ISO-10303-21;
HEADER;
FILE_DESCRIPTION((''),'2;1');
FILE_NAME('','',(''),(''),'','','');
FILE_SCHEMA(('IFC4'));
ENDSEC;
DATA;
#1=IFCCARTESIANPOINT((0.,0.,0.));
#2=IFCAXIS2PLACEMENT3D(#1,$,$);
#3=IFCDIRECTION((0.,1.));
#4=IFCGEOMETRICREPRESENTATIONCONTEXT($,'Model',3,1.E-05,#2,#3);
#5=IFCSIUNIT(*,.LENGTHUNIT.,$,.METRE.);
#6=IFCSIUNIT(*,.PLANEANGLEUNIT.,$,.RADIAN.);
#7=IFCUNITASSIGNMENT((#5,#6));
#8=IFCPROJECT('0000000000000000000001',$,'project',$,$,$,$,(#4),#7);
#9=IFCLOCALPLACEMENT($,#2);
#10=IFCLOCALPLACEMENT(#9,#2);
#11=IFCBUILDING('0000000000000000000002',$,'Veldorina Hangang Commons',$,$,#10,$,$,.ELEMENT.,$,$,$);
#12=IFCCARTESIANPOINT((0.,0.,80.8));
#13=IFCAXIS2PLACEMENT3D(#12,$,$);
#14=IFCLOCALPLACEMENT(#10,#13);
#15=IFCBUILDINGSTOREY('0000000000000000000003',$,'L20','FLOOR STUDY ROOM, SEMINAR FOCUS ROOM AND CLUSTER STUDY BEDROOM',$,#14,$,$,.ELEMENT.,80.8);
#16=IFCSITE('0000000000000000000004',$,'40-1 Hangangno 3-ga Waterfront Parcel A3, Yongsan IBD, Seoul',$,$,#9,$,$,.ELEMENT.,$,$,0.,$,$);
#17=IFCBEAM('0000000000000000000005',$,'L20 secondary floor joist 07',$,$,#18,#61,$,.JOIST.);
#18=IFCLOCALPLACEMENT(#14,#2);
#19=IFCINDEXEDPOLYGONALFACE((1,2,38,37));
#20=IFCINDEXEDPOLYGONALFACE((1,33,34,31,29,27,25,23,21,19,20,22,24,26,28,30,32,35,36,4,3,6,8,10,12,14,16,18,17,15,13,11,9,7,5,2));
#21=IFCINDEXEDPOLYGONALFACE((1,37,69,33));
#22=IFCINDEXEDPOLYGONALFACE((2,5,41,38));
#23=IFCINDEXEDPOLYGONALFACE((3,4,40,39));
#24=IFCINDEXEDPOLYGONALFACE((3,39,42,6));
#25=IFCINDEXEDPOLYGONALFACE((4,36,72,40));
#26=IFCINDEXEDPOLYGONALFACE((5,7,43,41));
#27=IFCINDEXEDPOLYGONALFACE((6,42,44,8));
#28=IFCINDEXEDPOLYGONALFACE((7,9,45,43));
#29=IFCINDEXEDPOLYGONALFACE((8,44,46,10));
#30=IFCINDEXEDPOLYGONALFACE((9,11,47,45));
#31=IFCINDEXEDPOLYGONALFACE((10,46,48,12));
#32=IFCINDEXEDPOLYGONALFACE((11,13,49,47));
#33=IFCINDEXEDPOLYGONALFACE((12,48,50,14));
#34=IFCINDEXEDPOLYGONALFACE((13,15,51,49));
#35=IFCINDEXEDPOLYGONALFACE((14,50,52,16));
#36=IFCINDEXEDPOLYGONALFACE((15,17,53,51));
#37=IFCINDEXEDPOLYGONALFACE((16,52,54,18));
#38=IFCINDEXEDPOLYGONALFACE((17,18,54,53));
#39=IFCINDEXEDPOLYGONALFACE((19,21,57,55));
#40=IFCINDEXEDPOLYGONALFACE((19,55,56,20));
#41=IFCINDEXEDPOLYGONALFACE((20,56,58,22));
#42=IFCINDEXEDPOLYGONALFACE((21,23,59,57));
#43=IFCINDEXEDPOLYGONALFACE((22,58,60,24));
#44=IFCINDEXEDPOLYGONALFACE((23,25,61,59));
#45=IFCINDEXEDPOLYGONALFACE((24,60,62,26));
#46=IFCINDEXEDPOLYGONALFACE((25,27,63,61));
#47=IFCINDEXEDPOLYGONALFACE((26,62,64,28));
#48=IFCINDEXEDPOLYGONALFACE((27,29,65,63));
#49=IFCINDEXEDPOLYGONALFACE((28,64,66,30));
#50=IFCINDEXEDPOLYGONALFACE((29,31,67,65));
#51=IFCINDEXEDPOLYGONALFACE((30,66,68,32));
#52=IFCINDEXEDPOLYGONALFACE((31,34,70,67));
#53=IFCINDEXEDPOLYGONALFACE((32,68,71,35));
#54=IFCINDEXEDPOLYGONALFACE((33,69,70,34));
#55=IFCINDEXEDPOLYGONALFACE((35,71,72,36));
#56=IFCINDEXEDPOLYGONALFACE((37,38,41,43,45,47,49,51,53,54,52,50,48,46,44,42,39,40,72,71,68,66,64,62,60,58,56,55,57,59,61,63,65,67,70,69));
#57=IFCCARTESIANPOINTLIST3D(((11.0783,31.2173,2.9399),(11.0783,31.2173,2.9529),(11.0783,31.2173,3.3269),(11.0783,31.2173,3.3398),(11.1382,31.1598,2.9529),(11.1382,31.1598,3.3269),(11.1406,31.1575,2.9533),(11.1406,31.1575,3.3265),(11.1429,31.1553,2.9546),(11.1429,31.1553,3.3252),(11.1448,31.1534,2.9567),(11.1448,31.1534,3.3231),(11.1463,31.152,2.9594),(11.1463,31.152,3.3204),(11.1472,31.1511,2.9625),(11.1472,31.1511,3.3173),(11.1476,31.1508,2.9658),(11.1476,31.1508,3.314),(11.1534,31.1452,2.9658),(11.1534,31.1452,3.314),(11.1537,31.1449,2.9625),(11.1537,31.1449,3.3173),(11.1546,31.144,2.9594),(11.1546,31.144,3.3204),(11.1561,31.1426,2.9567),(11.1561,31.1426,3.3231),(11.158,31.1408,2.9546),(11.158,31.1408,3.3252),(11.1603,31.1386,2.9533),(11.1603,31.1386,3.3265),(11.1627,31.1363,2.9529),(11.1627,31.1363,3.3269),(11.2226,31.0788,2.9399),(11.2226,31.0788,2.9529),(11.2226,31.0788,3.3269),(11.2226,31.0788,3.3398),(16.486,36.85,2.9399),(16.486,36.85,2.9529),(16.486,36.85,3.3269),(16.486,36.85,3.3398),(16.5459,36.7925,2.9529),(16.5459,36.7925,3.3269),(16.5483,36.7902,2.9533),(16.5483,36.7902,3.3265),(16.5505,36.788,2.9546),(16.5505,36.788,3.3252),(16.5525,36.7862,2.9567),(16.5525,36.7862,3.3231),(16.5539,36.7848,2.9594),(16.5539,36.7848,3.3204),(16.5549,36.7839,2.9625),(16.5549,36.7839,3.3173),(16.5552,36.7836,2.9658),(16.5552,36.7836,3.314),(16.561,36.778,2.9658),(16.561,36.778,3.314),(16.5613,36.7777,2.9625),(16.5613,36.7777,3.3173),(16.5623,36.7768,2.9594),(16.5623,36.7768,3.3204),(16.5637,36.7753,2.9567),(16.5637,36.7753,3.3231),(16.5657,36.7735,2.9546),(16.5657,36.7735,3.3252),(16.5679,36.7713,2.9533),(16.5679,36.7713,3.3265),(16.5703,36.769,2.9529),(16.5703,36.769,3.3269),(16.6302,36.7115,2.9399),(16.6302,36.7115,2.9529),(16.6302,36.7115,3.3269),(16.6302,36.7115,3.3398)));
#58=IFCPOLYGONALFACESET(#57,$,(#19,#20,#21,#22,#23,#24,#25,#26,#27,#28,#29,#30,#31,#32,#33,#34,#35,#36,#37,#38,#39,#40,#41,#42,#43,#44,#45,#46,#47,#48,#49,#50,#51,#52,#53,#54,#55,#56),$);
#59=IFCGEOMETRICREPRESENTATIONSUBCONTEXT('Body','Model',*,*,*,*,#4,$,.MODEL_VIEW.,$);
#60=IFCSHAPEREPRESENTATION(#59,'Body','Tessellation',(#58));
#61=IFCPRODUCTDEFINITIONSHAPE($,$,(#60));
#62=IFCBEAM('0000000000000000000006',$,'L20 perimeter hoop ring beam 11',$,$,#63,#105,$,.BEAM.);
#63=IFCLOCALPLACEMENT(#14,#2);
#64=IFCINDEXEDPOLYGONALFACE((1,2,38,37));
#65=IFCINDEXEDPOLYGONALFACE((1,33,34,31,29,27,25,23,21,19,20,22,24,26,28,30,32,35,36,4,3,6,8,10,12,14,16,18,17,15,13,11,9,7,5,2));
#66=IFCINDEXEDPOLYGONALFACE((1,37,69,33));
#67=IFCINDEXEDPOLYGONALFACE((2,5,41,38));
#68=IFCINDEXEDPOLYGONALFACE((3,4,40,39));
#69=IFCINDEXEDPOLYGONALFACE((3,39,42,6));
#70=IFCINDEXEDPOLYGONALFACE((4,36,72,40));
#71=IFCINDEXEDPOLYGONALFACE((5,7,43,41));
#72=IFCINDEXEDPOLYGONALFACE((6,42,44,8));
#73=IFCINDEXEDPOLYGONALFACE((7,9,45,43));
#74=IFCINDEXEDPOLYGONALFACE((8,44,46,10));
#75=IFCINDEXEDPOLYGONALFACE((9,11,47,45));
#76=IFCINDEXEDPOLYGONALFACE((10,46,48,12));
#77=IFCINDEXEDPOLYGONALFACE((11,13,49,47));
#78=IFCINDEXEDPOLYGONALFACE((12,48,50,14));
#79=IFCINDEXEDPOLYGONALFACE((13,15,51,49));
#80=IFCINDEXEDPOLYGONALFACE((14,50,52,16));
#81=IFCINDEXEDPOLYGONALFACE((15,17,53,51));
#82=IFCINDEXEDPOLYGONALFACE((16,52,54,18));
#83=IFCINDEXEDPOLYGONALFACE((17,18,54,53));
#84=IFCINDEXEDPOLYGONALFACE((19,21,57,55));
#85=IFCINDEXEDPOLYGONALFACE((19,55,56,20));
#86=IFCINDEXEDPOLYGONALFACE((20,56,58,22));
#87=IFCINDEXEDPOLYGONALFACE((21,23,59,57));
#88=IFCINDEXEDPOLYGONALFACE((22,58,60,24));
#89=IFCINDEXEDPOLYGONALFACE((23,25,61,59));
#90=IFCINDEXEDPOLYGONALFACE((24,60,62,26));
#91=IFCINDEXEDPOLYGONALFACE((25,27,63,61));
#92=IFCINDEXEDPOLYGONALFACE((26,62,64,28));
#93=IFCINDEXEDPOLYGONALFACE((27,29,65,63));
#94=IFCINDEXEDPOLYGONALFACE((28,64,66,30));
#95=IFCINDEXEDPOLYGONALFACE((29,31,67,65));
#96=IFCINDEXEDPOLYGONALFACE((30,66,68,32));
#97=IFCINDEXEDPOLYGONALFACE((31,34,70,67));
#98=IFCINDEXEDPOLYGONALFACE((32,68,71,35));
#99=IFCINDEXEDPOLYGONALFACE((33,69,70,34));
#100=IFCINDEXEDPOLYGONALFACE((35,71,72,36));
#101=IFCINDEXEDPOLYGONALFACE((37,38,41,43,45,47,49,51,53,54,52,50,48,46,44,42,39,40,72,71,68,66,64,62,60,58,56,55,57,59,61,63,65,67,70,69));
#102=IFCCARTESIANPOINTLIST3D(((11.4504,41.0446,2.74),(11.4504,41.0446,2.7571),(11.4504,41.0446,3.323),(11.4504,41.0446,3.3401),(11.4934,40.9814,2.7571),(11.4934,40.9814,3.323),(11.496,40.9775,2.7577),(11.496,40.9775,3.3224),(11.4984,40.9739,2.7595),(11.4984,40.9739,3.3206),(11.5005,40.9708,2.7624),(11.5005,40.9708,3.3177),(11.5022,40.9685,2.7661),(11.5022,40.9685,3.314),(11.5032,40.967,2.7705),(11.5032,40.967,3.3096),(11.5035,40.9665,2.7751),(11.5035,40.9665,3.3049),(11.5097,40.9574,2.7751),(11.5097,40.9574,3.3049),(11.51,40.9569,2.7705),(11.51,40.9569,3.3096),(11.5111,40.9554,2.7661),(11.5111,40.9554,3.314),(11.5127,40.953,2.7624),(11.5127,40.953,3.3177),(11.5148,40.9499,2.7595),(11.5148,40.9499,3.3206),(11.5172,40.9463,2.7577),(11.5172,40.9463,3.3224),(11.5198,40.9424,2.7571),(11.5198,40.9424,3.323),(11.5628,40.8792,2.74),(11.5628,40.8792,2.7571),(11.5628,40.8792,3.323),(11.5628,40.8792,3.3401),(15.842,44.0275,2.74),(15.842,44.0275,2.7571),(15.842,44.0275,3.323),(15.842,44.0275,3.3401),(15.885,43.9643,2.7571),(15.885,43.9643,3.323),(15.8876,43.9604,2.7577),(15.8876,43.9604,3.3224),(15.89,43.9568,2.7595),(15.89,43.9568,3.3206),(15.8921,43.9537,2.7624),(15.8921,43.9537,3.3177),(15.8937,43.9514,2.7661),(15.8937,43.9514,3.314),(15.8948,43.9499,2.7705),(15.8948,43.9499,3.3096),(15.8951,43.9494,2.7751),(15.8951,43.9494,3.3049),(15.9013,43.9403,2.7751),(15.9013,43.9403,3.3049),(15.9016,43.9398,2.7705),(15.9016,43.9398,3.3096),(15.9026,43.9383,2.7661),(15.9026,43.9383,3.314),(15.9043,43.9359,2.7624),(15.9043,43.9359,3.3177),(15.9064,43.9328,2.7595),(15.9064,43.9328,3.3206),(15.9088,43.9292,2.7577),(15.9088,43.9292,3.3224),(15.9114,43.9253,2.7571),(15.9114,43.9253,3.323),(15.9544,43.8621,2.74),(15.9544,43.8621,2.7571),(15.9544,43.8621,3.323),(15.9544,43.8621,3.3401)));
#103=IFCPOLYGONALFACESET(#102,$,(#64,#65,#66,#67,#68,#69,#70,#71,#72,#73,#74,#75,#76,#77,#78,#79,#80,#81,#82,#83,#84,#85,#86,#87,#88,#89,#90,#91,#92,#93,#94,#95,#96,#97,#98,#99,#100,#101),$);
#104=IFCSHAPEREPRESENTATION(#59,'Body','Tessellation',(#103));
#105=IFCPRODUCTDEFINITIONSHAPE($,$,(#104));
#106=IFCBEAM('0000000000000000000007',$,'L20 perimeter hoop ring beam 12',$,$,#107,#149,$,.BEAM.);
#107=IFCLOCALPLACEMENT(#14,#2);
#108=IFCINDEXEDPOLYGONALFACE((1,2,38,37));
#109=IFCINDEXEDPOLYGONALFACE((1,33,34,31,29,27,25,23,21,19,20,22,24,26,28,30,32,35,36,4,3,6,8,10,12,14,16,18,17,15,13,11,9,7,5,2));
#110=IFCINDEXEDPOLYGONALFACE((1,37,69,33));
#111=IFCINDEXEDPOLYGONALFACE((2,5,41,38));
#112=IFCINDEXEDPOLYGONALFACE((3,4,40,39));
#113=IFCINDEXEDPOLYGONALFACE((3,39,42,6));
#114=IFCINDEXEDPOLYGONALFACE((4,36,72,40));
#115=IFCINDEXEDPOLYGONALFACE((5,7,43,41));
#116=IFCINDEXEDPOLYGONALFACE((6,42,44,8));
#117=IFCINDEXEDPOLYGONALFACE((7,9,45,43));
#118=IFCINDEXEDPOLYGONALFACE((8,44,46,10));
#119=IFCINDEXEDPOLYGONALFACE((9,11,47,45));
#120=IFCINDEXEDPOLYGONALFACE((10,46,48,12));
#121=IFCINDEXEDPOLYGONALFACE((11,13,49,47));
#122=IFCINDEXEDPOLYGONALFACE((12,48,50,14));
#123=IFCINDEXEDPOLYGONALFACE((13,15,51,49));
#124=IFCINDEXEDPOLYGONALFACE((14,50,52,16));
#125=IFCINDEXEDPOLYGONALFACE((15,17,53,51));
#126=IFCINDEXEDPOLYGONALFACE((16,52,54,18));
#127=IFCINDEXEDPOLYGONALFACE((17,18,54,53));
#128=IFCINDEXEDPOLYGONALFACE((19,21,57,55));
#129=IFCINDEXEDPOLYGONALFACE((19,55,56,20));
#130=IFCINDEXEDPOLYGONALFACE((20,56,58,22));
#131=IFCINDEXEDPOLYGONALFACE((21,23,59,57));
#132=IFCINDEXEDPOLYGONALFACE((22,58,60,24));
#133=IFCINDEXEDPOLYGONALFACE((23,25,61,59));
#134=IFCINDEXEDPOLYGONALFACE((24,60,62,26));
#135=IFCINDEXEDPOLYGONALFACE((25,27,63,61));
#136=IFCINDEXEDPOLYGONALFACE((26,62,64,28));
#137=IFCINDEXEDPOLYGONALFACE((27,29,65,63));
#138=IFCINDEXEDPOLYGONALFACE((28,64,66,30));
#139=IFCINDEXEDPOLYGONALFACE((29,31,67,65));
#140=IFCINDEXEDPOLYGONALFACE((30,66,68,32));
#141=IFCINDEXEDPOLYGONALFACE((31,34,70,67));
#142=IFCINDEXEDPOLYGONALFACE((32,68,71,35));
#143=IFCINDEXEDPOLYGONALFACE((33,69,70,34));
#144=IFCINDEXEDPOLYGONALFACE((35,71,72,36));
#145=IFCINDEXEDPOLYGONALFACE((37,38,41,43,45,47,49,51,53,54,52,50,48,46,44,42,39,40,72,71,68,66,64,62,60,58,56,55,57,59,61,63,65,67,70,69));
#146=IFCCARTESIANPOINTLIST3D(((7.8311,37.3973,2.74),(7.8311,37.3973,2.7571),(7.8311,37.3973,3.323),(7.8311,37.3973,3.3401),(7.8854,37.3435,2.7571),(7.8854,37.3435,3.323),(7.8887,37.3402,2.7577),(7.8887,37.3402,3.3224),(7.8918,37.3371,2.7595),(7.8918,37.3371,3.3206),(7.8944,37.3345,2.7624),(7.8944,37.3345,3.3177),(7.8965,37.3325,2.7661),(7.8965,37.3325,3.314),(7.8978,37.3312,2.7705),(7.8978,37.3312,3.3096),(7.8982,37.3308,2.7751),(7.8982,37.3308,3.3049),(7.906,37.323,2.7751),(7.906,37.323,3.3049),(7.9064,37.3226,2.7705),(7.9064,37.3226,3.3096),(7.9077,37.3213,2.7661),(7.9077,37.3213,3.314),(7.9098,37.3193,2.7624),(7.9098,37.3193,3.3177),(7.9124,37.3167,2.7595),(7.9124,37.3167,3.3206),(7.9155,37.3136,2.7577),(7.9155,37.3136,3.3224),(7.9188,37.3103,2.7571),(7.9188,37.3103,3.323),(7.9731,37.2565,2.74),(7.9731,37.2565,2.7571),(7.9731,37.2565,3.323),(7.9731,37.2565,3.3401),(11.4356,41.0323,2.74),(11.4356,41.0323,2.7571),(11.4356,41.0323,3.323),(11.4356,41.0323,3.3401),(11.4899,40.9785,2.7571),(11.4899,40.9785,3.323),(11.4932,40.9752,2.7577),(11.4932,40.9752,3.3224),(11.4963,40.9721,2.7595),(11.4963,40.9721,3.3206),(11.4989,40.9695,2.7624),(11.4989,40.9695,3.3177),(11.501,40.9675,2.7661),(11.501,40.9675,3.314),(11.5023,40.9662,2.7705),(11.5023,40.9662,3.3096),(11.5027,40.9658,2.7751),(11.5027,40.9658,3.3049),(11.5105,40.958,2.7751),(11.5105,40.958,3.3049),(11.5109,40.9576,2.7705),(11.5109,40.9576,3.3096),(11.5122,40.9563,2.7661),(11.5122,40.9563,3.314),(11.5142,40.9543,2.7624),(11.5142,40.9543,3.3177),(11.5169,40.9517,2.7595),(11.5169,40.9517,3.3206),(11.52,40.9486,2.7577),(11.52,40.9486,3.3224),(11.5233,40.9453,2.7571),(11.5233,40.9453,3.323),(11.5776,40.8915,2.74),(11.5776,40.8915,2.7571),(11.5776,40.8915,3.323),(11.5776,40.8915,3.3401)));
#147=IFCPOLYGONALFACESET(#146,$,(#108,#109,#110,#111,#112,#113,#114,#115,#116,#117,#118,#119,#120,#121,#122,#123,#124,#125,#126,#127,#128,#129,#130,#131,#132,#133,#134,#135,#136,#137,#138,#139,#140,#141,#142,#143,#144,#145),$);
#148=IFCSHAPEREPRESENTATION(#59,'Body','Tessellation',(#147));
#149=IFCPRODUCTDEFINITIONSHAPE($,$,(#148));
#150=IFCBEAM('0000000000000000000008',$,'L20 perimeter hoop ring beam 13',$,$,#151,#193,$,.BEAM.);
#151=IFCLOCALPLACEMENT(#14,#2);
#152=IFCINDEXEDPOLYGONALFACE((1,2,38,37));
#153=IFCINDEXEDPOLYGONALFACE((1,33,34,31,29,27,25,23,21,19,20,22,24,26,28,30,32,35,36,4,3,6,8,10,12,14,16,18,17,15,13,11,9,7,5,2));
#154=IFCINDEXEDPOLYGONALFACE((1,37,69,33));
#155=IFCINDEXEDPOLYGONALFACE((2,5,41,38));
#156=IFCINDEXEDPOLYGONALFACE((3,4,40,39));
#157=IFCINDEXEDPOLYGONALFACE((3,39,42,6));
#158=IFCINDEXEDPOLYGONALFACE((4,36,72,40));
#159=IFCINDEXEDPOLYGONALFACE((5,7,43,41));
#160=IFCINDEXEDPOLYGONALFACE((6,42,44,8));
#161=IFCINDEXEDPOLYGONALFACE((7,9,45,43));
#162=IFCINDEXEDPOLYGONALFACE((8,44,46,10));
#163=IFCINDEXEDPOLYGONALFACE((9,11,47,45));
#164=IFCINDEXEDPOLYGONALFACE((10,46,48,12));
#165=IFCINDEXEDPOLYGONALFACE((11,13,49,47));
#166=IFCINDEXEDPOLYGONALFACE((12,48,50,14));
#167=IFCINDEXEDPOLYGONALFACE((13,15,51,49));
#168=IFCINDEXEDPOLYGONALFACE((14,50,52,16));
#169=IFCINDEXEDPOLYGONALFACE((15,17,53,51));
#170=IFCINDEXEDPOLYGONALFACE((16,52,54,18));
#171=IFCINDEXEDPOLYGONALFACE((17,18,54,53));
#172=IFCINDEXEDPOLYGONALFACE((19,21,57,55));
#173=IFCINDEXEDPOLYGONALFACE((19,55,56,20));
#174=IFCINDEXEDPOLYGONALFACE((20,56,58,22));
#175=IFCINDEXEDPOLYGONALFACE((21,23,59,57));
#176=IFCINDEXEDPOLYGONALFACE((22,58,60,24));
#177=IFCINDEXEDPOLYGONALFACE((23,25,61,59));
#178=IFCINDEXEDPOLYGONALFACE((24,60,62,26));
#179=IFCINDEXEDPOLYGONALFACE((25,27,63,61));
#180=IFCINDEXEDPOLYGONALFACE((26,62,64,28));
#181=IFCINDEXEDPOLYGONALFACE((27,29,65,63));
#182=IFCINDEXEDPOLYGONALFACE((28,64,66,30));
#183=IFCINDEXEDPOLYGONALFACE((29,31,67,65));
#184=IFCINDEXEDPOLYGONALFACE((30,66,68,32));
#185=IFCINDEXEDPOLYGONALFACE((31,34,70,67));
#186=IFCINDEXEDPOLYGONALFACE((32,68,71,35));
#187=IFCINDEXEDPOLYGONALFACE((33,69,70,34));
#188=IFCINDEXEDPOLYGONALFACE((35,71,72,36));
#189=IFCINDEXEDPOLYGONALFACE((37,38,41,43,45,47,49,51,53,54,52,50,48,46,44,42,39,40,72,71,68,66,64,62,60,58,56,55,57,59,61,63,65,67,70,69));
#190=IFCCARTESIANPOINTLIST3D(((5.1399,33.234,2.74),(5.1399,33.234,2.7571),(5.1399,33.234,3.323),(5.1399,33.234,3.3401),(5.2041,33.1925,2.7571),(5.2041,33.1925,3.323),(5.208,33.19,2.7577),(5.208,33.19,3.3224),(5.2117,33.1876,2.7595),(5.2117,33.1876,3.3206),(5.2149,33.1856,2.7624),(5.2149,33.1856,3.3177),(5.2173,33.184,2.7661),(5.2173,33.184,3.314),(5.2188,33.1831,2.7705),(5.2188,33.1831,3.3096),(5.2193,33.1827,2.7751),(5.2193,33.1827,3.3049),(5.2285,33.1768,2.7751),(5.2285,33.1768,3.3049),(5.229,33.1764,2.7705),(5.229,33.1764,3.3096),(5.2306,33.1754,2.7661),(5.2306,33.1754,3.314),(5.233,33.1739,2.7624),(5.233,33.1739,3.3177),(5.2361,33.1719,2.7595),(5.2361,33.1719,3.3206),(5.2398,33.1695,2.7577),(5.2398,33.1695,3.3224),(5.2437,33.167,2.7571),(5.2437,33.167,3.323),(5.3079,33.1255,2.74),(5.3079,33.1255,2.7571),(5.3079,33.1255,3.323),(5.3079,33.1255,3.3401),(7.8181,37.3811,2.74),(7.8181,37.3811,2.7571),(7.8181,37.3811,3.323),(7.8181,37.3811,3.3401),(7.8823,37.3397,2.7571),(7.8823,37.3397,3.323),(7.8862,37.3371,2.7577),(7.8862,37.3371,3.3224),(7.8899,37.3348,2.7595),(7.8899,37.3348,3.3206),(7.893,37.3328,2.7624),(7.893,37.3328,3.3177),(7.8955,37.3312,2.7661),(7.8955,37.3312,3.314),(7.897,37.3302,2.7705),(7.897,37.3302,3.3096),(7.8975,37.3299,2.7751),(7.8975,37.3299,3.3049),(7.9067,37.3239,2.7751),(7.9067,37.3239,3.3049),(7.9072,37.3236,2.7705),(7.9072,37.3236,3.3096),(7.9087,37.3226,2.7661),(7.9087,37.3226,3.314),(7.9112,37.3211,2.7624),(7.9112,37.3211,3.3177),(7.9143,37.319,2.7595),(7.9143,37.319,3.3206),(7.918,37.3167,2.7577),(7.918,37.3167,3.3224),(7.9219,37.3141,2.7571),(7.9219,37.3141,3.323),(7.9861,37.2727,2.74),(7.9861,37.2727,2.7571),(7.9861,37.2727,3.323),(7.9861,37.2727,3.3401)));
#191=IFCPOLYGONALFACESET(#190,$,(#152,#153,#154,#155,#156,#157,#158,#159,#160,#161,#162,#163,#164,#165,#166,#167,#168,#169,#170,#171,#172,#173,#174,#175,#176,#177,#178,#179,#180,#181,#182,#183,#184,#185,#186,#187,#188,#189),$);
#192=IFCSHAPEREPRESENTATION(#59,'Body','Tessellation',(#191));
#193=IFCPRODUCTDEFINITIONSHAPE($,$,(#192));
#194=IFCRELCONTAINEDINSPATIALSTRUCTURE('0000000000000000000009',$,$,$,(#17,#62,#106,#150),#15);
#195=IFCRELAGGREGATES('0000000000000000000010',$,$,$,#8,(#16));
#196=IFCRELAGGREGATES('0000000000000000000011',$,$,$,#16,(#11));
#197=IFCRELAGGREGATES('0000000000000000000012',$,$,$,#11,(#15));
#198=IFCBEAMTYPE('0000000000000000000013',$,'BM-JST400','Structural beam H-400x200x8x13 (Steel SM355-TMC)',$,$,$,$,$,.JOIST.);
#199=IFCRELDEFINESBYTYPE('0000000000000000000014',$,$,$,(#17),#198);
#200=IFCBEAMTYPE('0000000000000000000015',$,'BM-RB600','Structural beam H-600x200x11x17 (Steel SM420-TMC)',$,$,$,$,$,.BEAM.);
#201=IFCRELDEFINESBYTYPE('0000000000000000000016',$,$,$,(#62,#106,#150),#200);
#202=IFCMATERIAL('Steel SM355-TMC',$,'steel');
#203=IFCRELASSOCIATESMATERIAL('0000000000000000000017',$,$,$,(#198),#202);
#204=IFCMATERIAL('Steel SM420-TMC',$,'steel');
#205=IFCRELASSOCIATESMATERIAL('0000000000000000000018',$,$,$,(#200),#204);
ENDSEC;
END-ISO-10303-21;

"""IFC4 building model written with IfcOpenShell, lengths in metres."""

from ifc_helpers import new_model, si_unit, direction, frame, origin, origin_2d, place, context, subcontext, project, spatial, i_section, extrude, material, material_profile, profile_set, type_object, element, save


model = new_model("IFC4")

# Units and contexts
model_context = context("Model", 3, precision=1e-05, world=origin(), true_north=direction((0.0, 1.0)))
body_context = subcontext(model_context, "Body", "Model", "MODEL_VIEW")
ifc_project = project(units=[si_unit("LENGTHUNIT", "METRE"), si_unit("PLANEANGLEUNIT", "RADIAN")], contexts=[model_context])

# Site, building, storey
site_placement = place(None, origin())
site = spatial("IfcSite", under=ifc_project, at=site_placement, Name="40-1 Hangangno 3-ga Waterfront Parcel A3, Yongsan IBD, Seoul", CompositionType="ELEMENT", RefElevation=0.0)
building_placement = place(site_placement, origin())
building = spatial("IfcBuilding", under=site, at=building_placement, Name="Veldorina Hangang Commons", CompositionType="ELEMENT")
storey_placement = place(building_placement, frame((0.0, 0.0, 80.8)))
storey = spatial("IfcBuildingStorey", under=building, at=storey_placement, Name="L20", Description="FLOOR STUDY ROOM, SEMINAR FOCUS ROOM AND CLUSTER STUDY BEDROOM", CompositionType="ELEMENT", Elevation=80.8)

# Beams
ifc_material_1 = material(Name="Steel SM355-TMC", Category="steel")
ifc_material_profile_1 = material_profile(ifc_material_1, i_section(OverallWidth=0.2, OverallDepth=0.3999, WebThickness=0.0081, FlangeThickness=0.0129, FilletRadius=0.0129, at=origin_2d()), Name="H-400x200x8x13")
ifc_profile_set_1 = profile_set([ifc_material_profile_1], Name="Steel SM355-TMC")
beam_type_1 = type_object("IfcBeamType", Name="BM-JST400", Description="Structural beam H-400x200x8x13 (Steel SM355-TMC)", PredefinedType="JOIST", material=ifc_profile_set_1)
beam_1_placement = place(storey_placement, frame((16.5581, 36.7808, 3.1399), z_axis=(-0.692546, -0.721374, 0.0), x_axis=(0.721374, -0.692546, 0.0)))
element("IfcBeam", 1, at=beam_1_placement, inside=storey, type_object=beam_type_1, Name="L20 secondary floor joist 07", PredefinedType="JOIST", context=body_context, shape_type="SweptSolid", body=[
    extrude(i_section(OverallWidth=0.2, OverallDepth=0.3999, WebThickness=0.0081, FlangeThickness=0.0129, FilletRadius=0.0129, at=origin_2d()), origin(), (0.0, 0.0, 1.0), 7.8083),
])
ifc_material_2 = material(Name="Steel SM420-TMC", Category="steel")
ifc_material_profile_2 = material_profile(ifc_material_2, i_section(OverallWidth=0.2, OverallDepth=0.6001, WebThickness=0.011, FlangeThickness=0.0171, FilletRadius=0.0181, at=origin_2d()), Name="H-600x200x11x17")
ifc_profile_set_2 = profile_set([ifc_material_profile_2], Name="Steel SM420-TMC")
beam_type_2 = type_object("IfcBeamType", Name="BM-RB600", Description="Structural beam H-600x200x11x17 (Steel SM420-TMC)", PredefinedType="BEAM", material=ifc_profile_set_2)
beam_2_placement = place(storey_placement, frame((15.8982, 43.9448, 3.04), z_axis=(-0.827222, -0.561875, 0.0), x_axis=(0.561875, -0.827222, 0.0)))
element("IfcBeam", 2, at=beam_2_placement, inside=storey, type_object=beam_type_2, Name="L20 perimeter hoop ring beam 11", PredefinedType="BEAM", context=body_context, shape_type="SweptSolid", body=[
    extrude(i_section(OverallWidth=0.2, OverallDepth=0.6001, WebThickness=0.011, FlangeThickness=0.0171, FilletRadius=0.0181, at=origin_2d()), origin(), (0.0, 0.0, 1.0), 5.3088),
])
beam_3_placement = place(storey_placement, frame((11.5066, 40.9619, 3.04), z_axis=(-0.70412, -0.710081, 0.0), x_axis=(0.710081, -0.70412, 0.0)))
element("IfcBeam", 3, at=beam_3_placement, inside=storey, type_object=beam_type_2, Name="L20 perimeter hoop ring beam 12", PredefinedType="BEAM", context=body_context, shape_type="SweptSolid", body=[
    extrude(i_section(OverallWidth=0.2, OverallDepth=0.6001, WebThickness=0.011, FlangeThickness=0.0171, FilletRadius=0.0181, at=origin_2d()), origin(), (0.0, 0.0, 1.0), 5.1191),
])
beam_4_placement = place(storey_placement, frame((7.9021, 37.3269, 3.04), z_axis=(-0.542499, -0.840057, 0.0), x_axis=(0.840057, -0.542499, 0.0)))
element("IfcBeam", 4, at=beam_4_placement, inside=storey, type_object=beam_type_2, Name="L20 perimeter hoop ring beam 13", PredefinedType="BEAM", context=body_context, shape_type="SweptSolid", body=[
    extrude(i_section(OverallWidth=0.2, OverallDepth=0.6001, WebThickness=0.011, FlangeThickness=0.0171, FilletRadius=0.0181, at=origin_2d()), origin(), (0.0, 0.0, 1.0), 4.9368),
])

save(model, "model.ifc")
